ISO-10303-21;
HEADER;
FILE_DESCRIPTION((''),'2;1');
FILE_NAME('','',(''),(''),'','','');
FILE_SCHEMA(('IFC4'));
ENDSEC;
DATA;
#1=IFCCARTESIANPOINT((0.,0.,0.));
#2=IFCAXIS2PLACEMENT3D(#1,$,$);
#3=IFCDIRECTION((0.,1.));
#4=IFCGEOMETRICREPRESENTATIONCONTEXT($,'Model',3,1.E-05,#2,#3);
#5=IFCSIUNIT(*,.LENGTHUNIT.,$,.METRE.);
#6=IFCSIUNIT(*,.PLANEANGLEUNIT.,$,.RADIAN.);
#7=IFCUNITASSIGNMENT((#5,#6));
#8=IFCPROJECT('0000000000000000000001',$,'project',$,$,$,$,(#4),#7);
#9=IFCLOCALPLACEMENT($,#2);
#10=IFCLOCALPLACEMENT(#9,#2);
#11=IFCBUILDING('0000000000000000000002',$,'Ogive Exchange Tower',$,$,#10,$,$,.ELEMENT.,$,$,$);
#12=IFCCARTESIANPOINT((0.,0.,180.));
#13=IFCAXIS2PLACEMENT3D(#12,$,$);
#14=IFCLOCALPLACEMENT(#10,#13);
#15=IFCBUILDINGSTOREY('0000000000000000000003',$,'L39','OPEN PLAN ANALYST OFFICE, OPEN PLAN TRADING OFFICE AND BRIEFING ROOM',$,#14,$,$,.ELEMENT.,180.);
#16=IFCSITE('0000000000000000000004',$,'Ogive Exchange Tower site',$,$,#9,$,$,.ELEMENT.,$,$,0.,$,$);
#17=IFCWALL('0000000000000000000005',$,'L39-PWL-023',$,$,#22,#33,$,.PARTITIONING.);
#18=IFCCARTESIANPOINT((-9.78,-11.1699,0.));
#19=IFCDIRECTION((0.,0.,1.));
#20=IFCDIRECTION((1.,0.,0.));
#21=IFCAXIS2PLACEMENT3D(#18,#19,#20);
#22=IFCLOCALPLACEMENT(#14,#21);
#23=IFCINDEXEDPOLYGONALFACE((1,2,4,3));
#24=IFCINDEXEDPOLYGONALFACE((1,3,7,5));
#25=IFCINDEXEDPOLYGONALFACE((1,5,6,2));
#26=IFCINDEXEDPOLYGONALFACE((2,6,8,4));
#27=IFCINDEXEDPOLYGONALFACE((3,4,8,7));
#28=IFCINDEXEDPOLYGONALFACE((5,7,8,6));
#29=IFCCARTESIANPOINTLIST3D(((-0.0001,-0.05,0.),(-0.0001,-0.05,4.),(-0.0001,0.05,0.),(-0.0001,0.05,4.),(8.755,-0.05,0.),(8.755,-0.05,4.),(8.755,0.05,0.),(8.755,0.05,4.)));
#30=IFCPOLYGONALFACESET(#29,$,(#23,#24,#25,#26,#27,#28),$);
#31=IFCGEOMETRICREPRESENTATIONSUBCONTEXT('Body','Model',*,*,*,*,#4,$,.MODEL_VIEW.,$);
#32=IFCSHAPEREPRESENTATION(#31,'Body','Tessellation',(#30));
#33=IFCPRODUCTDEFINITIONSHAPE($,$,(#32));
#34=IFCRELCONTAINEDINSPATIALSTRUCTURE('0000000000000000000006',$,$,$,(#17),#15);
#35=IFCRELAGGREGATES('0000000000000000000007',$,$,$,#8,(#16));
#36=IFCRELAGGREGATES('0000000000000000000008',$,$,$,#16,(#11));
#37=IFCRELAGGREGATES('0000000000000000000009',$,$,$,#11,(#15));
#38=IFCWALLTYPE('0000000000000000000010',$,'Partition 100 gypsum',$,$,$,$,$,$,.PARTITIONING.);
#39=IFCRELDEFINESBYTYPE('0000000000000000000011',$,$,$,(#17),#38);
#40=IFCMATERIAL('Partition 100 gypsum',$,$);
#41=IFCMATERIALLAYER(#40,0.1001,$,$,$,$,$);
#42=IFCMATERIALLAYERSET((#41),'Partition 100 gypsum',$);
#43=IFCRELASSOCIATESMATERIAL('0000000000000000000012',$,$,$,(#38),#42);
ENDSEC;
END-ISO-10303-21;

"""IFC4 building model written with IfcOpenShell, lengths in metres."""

from ifc_helpers import new_model, si_unit, direction, frame, frame_2d, origin, place, context, subcontext, project, spatial, rectangle, extrude, material, layer, layer_set, type_object, element, save


model = new_model("IFC4")

# Units and contexts
model_context = context("Model", 3, precision=1e-05, world=origin(), true_north=direction((0.0, 1.0)))
body_context = subcontext(model_context, "Body", "Model", "MODEL_VIEW")
ifc_project = project(units=[si_unit("LENGTHUNIT", "METRE"), si_unit("PLANEANGLEUNIT", "RADIAN")], contexts=[model_context])

# Site, building, storey
site_placement = place(None, origin())
site = spatial("IfcSite", under=ifc_project, at=site_placement, Name="Ogive Exchange Tower site", CompositionType="ELEMENT", RefElevation=0.0)
building_placement = place(site_placement, origin())
building = spatial("IfcBuilding", under=site, at=building_placement, Name="Ogive Exchange Tower", CompositionType="ELEMENT")
storey_placement = place(building_placement, frame((0.0, 0.0, 180.0)))
storey = spatial("IfcBuildingStorey", under=building, at=storey_placement, Name="L39", Description="OPEN PLAN ANALYST OFFICE, OPEN PLAN TRADING OFFICE AND BRIEFING ROOM", CompositionType="ELEMENT", Elevation=180.0)

# Shared definitions
ifc_material_1 = material(Name="Partition 100 gypsum")
ifc_layer_1 = layer(ifc_material_1, 0.1001)
ifc_layer_set_1 = layer_set([ifc_layer_1], Name="Partition 100 gypsum")
wall_type_1 = type_object("IfcWallType", Name="Partition 100 gypsum", PredefinedType="PARTITIONING", material=ifc_layer_set_1)

# Wall
wall_1_placement = place(storey_placement, frame((-9.78, -11.1699, 0.0), z_axis=(0.0, 0.0, 1.0), x_axis=(1.0, 0.0, 0.0)))
element("IfcWall", 1, at=wall_1_placement, inside=storey, type_object=wall_type_1, Name="L39-PWL-023", PredefinedType="PARTITIONING", context=body_context, shape_type="SweptSolid", body=[
    extrude(rectangle(XDim=8.7551, YDim=0.1001, at=frame_2d((4.3774, 0.0))), origin(), (0.0, 0.0, 1.0), 4.0),
])

save(model, "model.ifc")
